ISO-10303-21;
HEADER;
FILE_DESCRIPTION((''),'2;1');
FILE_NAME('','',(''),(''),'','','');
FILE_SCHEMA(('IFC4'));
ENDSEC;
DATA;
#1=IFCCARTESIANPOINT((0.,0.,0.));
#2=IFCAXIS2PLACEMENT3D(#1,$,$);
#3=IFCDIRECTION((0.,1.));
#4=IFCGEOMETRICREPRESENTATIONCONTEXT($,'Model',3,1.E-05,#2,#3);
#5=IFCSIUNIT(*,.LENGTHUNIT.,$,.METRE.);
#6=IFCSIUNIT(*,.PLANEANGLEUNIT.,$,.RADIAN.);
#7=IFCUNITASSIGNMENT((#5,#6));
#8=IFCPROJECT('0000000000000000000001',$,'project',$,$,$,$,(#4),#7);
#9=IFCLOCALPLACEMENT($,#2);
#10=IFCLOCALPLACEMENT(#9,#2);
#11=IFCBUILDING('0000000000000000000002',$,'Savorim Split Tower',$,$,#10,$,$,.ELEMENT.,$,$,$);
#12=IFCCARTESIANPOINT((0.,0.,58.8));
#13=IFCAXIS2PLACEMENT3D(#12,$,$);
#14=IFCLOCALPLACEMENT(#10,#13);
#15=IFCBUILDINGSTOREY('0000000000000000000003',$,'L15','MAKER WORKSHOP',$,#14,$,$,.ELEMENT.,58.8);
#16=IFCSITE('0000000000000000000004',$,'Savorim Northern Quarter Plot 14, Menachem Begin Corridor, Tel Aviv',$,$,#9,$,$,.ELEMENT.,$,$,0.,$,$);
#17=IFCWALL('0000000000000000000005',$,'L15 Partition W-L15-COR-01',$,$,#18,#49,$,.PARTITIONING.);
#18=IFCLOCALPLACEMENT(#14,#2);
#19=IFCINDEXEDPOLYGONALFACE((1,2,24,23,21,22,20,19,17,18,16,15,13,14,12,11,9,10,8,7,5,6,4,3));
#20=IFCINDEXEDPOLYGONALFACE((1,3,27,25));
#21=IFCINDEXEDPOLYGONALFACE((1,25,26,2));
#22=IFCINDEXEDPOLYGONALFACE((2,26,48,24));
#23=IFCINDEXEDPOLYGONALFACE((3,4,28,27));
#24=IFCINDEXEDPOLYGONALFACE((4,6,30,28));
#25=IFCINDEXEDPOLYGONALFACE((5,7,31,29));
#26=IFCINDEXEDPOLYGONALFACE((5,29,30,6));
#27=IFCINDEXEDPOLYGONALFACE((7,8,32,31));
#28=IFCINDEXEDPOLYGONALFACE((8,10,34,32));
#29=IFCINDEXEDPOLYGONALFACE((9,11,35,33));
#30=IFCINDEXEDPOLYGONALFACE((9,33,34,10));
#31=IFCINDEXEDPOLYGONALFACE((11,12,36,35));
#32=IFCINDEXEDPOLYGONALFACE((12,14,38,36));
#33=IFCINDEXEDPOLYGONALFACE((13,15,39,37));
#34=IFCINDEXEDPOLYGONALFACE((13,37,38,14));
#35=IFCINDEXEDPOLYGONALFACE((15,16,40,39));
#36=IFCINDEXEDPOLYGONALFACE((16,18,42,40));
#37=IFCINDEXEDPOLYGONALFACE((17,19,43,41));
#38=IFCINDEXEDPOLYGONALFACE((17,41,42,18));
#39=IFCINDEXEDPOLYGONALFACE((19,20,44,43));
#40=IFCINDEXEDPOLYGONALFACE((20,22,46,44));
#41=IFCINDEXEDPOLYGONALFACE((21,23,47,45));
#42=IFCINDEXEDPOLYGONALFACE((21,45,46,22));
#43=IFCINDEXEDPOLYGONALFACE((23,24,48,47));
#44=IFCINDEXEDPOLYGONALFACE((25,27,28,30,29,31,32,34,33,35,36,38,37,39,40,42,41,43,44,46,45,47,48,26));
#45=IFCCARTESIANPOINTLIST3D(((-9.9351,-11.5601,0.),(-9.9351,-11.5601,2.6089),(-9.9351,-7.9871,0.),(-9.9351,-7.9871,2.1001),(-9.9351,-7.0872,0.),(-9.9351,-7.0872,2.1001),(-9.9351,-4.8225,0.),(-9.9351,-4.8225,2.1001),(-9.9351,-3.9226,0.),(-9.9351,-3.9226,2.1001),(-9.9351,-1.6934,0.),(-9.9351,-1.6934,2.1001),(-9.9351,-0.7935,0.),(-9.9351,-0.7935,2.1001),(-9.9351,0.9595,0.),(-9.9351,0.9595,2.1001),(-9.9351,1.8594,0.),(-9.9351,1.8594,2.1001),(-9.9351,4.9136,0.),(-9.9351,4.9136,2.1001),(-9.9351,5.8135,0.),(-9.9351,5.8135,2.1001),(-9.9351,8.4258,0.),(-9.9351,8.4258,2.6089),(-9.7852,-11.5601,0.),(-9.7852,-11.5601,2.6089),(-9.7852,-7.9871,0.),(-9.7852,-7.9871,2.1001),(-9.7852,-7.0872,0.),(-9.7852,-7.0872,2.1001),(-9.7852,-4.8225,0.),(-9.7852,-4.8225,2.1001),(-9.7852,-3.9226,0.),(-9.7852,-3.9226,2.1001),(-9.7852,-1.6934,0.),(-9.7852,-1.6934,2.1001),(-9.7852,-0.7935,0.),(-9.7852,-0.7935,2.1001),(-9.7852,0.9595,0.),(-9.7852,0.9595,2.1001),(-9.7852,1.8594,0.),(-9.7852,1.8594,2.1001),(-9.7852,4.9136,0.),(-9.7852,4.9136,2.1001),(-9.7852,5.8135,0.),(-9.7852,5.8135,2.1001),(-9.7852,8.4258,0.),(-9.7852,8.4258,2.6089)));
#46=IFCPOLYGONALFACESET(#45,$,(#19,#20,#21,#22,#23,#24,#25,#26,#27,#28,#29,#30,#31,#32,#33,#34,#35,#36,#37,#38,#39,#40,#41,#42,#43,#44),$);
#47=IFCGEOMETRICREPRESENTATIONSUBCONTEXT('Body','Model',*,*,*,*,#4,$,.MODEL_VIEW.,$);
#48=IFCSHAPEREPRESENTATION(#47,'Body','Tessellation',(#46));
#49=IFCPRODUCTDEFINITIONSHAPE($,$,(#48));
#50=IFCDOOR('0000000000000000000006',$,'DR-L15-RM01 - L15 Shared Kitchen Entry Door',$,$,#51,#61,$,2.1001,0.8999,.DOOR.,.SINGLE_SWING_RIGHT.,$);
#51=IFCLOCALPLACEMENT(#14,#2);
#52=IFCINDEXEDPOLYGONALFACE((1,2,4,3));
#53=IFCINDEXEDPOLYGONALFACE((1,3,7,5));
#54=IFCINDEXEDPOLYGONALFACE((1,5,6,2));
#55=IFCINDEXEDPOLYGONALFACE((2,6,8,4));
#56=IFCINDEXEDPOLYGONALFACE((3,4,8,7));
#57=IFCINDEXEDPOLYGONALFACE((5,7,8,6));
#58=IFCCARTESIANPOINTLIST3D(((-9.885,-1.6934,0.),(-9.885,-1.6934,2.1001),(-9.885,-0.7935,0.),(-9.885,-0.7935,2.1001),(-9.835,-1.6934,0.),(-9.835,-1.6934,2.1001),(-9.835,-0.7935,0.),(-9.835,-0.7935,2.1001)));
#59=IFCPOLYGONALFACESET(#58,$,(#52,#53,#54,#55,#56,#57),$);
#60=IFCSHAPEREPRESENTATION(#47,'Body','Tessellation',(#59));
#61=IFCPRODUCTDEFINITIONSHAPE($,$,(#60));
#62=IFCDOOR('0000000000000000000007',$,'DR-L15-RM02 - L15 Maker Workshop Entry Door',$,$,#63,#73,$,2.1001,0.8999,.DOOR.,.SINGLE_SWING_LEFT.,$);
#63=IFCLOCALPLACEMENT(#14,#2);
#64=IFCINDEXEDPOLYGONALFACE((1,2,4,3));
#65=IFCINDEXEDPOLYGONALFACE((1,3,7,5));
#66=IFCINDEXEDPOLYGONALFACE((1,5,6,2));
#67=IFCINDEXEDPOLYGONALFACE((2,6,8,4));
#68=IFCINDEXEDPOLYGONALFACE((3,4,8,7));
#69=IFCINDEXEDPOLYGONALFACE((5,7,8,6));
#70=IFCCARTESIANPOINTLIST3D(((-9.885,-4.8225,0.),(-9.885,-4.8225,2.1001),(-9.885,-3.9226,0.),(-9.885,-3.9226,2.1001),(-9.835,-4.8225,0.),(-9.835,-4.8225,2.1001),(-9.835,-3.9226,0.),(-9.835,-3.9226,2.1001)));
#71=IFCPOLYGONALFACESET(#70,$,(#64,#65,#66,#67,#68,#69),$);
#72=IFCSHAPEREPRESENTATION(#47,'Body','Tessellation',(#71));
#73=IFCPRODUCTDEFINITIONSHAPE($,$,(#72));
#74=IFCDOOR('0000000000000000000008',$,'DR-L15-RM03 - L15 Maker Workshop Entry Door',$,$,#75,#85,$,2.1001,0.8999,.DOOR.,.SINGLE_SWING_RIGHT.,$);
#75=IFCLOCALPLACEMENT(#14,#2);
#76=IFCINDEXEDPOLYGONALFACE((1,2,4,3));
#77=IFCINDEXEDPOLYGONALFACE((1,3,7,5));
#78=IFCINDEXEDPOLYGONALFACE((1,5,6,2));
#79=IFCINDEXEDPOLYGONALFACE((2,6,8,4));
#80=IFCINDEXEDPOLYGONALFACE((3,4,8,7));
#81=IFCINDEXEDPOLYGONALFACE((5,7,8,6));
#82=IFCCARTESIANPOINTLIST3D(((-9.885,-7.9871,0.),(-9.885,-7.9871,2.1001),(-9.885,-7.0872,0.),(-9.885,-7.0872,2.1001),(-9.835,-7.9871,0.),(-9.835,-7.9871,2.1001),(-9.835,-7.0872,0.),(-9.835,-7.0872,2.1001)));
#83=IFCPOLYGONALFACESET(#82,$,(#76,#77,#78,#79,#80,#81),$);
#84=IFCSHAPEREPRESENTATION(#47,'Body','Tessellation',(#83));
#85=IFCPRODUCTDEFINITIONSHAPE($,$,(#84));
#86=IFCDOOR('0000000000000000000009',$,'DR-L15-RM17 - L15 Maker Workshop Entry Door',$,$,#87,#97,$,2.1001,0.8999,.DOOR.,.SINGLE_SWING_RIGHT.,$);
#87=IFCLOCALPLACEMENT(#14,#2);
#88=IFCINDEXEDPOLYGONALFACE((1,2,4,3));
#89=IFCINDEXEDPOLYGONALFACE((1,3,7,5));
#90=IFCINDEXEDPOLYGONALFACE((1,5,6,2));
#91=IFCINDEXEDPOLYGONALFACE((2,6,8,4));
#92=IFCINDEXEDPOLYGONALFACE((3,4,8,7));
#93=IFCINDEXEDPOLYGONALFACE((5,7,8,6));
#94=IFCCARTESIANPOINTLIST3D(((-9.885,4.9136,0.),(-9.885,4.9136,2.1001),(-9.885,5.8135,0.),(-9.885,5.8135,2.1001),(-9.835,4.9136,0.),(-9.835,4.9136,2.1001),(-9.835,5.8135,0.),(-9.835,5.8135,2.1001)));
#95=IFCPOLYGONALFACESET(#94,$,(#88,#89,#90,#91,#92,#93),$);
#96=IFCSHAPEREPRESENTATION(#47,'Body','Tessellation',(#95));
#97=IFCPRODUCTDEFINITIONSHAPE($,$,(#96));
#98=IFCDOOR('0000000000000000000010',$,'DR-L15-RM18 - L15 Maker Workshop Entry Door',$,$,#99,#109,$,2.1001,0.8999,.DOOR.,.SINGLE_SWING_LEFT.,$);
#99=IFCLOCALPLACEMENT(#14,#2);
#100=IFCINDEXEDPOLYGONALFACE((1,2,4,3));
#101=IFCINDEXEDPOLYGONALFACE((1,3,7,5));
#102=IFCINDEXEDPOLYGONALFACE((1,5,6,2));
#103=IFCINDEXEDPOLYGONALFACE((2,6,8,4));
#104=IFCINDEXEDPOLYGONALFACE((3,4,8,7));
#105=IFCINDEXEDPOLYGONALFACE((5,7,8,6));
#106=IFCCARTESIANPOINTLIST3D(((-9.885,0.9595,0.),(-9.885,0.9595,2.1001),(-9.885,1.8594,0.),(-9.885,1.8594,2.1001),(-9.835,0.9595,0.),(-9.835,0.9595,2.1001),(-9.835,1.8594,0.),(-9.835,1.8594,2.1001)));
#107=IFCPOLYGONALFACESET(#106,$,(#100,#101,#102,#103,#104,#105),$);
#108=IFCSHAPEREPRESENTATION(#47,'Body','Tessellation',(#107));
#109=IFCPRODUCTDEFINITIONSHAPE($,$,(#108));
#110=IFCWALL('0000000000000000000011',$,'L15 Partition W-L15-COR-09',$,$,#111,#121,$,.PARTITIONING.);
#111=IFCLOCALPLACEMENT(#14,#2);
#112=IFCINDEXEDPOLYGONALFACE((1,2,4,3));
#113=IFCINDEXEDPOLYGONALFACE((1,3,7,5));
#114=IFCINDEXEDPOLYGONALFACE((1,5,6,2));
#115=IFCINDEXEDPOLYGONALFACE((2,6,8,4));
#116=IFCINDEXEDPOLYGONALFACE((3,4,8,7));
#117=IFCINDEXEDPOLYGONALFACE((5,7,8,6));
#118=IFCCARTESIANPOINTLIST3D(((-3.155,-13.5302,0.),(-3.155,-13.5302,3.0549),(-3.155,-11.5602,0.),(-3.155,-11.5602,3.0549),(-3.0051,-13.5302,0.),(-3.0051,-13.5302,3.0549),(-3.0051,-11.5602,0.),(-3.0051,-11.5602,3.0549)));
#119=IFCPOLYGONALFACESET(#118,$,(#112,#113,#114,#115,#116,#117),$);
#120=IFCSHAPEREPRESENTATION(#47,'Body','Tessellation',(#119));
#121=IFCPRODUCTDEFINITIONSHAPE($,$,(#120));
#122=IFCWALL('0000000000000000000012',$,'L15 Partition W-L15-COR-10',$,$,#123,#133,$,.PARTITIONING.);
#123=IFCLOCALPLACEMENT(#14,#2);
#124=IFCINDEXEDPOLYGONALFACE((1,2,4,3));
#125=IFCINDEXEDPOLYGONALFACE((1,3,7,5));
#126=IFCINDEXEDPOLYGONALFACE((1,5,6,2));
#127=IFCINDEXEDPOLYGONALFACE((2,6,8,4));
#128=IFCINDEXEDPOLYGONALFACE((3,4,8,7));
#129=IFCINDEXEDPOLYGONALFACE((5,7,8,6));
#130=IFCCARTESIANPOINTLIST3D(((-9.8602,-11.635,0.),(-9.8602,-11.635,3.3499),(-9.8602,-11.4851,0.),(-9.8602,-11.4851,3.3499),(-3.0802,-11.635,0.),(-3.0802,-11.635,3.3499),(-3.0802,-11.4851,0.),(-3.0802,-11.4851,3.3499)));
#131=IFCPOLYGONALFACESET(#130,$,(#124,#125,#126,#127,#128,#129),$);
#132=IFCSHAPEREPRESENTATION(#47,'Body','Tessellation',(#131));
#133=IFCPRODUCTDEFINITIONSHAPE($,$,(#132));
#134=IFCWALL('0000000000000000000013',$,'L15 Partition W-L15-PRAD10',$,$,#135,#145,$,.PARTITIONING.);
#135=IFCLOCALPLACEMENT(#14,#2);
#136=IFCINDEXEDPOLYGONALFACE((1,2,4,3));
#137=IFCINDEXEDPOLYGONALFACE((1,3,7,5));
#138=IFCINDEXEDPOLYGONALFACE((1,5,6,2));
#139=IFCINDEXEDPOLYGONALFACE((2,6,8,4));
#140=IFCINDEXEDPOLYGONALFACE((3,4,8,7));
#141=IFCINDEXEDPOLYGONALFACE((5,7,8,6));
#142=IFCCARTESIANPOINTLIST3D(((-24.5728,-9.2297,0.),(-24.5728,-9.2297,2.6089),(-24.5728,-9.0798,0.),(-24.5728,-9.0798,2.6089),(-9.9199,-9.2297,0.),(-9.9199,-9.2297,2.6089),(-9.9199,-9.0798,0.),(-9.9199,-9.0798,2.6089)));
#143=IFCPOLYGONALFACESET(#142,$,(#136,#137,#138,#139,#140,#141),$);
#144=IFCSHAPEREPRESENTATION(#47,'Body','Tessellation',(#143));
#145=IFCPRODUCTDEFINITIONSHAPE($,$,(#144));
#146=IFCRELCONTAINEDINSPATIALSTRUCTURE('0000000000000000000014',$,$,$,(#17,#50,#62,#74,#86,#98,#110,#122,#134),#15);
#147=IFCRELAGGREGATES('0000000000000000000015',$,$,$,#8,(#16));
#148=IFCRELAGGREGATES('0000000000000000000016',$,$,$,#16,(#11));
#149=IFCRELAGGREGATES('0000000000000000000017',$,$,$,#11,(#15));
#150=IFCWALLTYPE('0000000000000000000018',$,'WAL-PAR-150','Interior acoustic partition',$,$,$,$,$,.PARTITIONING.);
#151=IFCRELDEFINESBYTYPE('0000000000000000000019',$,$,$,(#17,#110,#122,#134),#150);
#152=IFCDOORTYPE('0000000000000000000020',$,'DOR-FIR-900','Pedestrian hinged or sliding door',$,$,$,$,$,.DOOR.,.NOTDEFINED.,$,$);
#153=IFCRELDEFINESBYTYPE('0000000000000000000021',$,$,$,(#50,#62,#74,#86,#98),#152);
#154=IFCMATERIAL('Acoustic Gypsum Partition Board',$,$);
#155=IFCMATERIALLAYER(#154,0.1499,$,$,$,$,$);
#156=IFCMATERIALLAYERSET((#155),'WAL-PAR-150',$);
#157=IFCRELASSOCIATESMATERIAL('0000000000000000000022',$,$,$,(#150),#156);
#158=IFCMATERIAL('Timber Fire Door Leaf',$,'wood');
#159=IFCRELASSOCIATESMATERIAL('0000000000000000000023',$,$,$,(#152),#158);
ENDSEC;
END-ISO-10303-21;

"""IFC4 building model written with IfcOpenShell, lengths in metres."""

from ifc_helpers import new_model, si_unit, direction, frame, frame_2d, origin, place, context, subcontext, project, spatial, rectangle, extrude, material, layer, layer_set, type_object, element, fill, save


model = new_model("IFC4")

# Units and contexts
model_context = context("Model", 3, precision=1e-05, world=origin(), true_north=direction((0.0, 1.0)))
body_context = subcontext(model_context, "Body", "Model", "MODEL_VIEW")
ifc_project = project(units=[si_unit("LENGTHUNIT", "METRE"), si_unit("PLANEANGLEUNIT", "RADIAN")], contexts=[model_context])

# Site, building, storey
site_placement = place(None, origin())
site = spatial("IfcSite", under=ifc_project, at=site_placement, Name="Savorim Northern Quarter Plot 14, Menachem Begin Corridor, Tel Aviv", CompositionType="ELEMENT", RefElevation=0.0)
building_placement = place(site_placement, origin())
building = spatial("IfcBuilding", under=site, at=building_placement, Name="Savorim Split Tower", CompositionType="ELEMENT")
storey_placement = place(building_placement, frame((0.0, 0.0, 58.8)))
storey = spatial("IfcBuildingStorey", under=building, at=storey_placement, Name="L15", Description="MAKER WORKSHOP", CompositionType="ELEMENT", Elevation=58.8)

# Shared definitions
ifc_material_1 = material(Name="Timber Fire Door Leaf", Category="wood")

# Shared definitions
ifc_material_2 = material(Name="Acoustic Gypsum Partition Board")
ifc_layer_1 = layer(ifc_material_2, 0.1499)
ifc_layer_set_1 = layer_set([ifc_layer_1], Name="WAL-PAR-150")
wall_type_1 = type_object("IfcWallType", Name="WAL-PAR-150", Description="Interior acoustic partition", PredefinedType="PARTITIONING", material=ifc_layer_set_1)
door_type_1 = type_object("IfcDoorType", Name="DOR-FIR-900", Description="Pedestrian hinged or sliding door", OperationType="NOTDEFINED", PredefinedType="DOOR", material=ifc_material_1)

# Wall, openings, doors
wall_1_placement = place(storey_placement, frame((-9.8601, -11.5601, 0.0), z_axis=(0.0, 0.0, 1.0), x_axis=(0.0, 1.0, 0.0)))
wall_1 = element("IfcWall", 1, at=wall_1_placement, inside=storey, type_object=wall_type_1, Name="L15 Partition W-L15-COR-01", PredefinedType="PARTITIONING", context=body_context, shape_type="SweptSolid", body=[
    extrude(rectangle(XDim=19.9858, YDim=0.1499, at=frame_2d((9.9929, 0.0))), origin(), (0.0, 0.0, 1.0), 2.6089),
])
opening_1_placement = place(wall_1_placement, frame((9.8667, 0.0, 0.0)))
opening_1 = element("IfcOpeningElement", 2, at=opening_1_placement, cuts=wall_1, PredefinedType="OPENING", context=body_context, shape_type="SweptSolid", body=[
    extrude(rectangle(XDim=0.8999, YDim=2.1001, at=frame_2d((0.45, 1.05))), frame((0.0, 0.085, 0.0), z_axis=(0.0, -1.0, 0.0), x_axis=(1.0, 0.0, 0.0)), (0.0, 0.0, 1.0), 0.1699),
])
opening_2_placement = place(wall_1_placement, frame((6.7375, 0.0, 0.0)))
opening_2 = element("IfcOpeningElement", 3, at=opening_2_placement, cuts=wall_1, PredefinedType="OPENING", context=body_context, shape_type="SweptSolid", body=[
    extrude(rectangle(XDim=0.8999, YDim=2.1001, at=frame_2d((0.45, 1.05))), frame((0.0, 0.085, 0.0), z_axis=(0.0, -1.0, 0.0), x_axis=(1.0, 0.0, 0.0)), (0.0, 0.0, 1.0), 0.1699),
])
opening_3_placement = place(wall_1_placement, frame((3.573, 0.0, 0.0)))
opening_3 = element("IfcOpeningElement", 4, at=opening_3_placement, cuts=wall_1, PredefinedType="OPENING", context=body_context, shape_type="SweptSolid", body=[
    extrude(rectangle(XDim=0.8999, YDim=2.1001, at=frame_2d((0.45, 1.05))), frame((0.0, 0.085, 0.0), z_axis=(0.0, -1.0, 0.0), x_axis=(1.0, 0.0, 0.0)), (0.0, 0.0, 1.0), 0.1699),
])
opening_4_placement = place(wall_1_placement, frame((16.4736, 0.0, 0.0)))
opening_4 = element("IfcOpeningElement", 5, at=opening_4_placement, cuts=wall_1, PredefinedType="OPENING", context=body_context, shape_type="SweptSolid", body=[
    extrude(rectangle(XDim=0.8999, YDim=2.1001, at=frame_2d((0.45, 1.05))), frame((0.0, 0.085, 0.0), z_axis=(0.0, -1.0, 0.0), x_axis=(1.0, 0.0, 0.0)), (0.0, 0.0, 1.0), 0.1699),
])
opening_5_placement = place(wall_1_placement, frame((12.5195, 0.0, 0.0)))
opening_5 = element("IfcOpeningElement", 6, at=opening_5_placement, cuts=wall_1, PredefinedType="OPENING", context=body_context, shape_type="SweptSolid", body=[
    extrude(rectangle(XDim=0.8999, YDim=2.1001, at=frame_2d((0.45, 1.05))), frame((0.0, 0.085, 0.0), z_axis=(0.0, -1.0, 0.0), x_axis=(1.0, 0.0, 0.0)), (0.0, 0.0, 1.0), 0.1699),
])
door_1_placement = place(opening_1_placement, origin())
door_1 = element("IfcDoor", 7, at=door_1_placement, inside=storey, type_object=door_type_1, Name="DR-L15-RM01 - L15 Shared Kitchen Entry Door", OperationType="SINGLE_SWING_RIGHT", OverallHeight=2.1001, OverallWidth=0.8999, PredefinedType="DOOR", context=body_context, shape_type="SweptSolid", body=[
    extrude(rectangle(XDim=0.8999, YDim=2.1001, at=frame_2d((0.45, 1.05))), frame((0.0, 0.0249, 0.0), z_axis=(0.0, -1.0, 0.0), x_axis=(1.0, 0.0, 0.0)), (0.0, 0.0, 1.0), 0.05),
])
fill(opening_1, door_1)
door_2_placement = place(opening_2_placement, origin())
door_2 = element("IfcDoor", 8, at=door_2_placement, inside=storey, type_object=door_type_1, Name="DR-L15-RM02 - L15 Maker Workshop Entry Door", OperationType="SINGLE_SWING_LEFT", OverallHeight=2.1001, OverallWidth=0.8999, PredefinedType="DOOR", context=body_context, shape_type="SweptSolid", body=[
    extrude(rectangle(XDim=0.8999, YDim=2.1001, at=frame_2d((0.45, 1.05))), frame((0.0, 0.0249, 0.0), z_axis=(0.0, -1.0, 0.0), x_axis=(1.0, 0.0, 0.0)), (0.0, 0.0, 1.0), 0.05),
])
fill(opening_2, door_2)
door_3_placement = place(opening_3_placement, origin())
door_3 = element("IfcDoor", 9, at=door_3_placement, inside=storey, type_object=door_type_1, Name="DR-L15-RM03 - L15 Maker Workshop Entry Door", OperationType="SINGLE_SWING_RIGHT", OverallHeight=2.1001, OverallWidth=0.8999, PredefinedType="DOOR", context=body_context, shape_type="SweptSolid", body=[
    extrude(rectangle(XDim=0.8999, YDim=2.1001, at=frame_2d((0.45, 1.05))), frame((0.0, 0.0249, 0.0), z_axis=(0.0, -1.0, 0.0), x_axis=(1.0, 0.0, 0.0)), (0.0, 0.0, 1.0), 0.05),
])
fill(opening_3, door_3)
door_4_placement = place(opening_4_placement, origin())
door_4 = element("IfcDoor", 10, at=door_4_placement, inside=storey, type_object=door_type_1, Name="DR-L15-RM17 - L15 Maker Workshop Entry Door", OperationType="SINGLE_SWING_RIGHT", OverallHeight=2.1001, OverallWidth=0.8999, PredefinedType="DOOR", context=body_context, shape_type="SweptSolid", body=[
    extrude(rectangle(XDim=0.8999, YDim=2.1001, at=frame_2d((0.45, 1.05))), frame((0.0, 0.0249, 0.0), z_axis=(0.0, -1.0, 0.0), x_axis=(1.0, 0.0, 0.0)), (0.0, 0.0, 1.0), 0.05),
])
fill(opening_4, door_4)
door_5_placement = place(opening_5_placement, origin())
door_5 = element("IfcDoor", 11, at=door_5_placement, inside=storey, type_object=door_type_1, Name="DR-L15-RM18 - L15 Maker Workshop Entry Door", OperationType="SINGLE_SWING_LEFT", OverallHeight=2.1001, OverallWidth=0.8999, PredefinedType="DOOR", context=body_context, shape_type="SweptSolid", body=[
    extrude(rectangle(XDim=0.8999, YDim=2.1001, at=frame_2d((0.45, 1.05))), frame((0.0, 0.0249, 0.0), z_axis=(0.0, -1.0, 0.0), x_axis=(1.0, 0.0, 0.0)), (0.0, 0.0, 1.0), 0.05),
])
fill(opening_5, door_5)

# Walls
wall_2_placement = place(storey_placement, frame((-3.0801, -13.53, 0.0), z_axis=(0.0, 0.0, 1.0), x_axis=(0.0, 1.0, 0.0)))
element("IfcWall", 12, at=wall_2_placement, inside=storey, type_object=wall_type_1, Name="L15 Partition W-L15-COR-09", PredefinedType="PARTITIONING", context=body_context, shape_type="SweptSolid", body=[
    extrude(rectangle(XDim=1.97, YDim=0.1499, at=frame_2d((0.9849, 0.0))), origin(), (0.0, 0.0, 1.0), 3.0549),
])
wall_3_placement = place(storey_placement, frame((-3.0801, -11.5601, 0.0), z_axis=(0.0, 0.0, 1.0), x_axis=(-1.0, 0.0, 0.0)))
element("IfcWall", 13, at=wall_3_placement, inside=storey, type_object=wall_type_1, Name="L15 Partition W-L15-COR-10", PredefinedType="PARTITIONING", context=body_context, shape_type="SweptSolid", body=[
    extrude(rectangle(XDim=6.78, YDim=0.1499, at=frame_2d((3.3901, 0.0))), origin(), (0.0, 0.0, 1.0), 3.3499),
])
wall_4_placement = place(storey_placement, frame((-9.9199, -9.1548, 0.0), z_axis=(0.0, 0.0, 1.0), x_axis=(-1.0, 0.0, 0.0)))
element("IfcWall", 14, at=wall_4_placement, inside=storey, type_object=wall_type_1, Name="L15 Partition W-L15-PRAD10", PredefinedType="PARTITIONING", context=body_context, shape_type="SweptSolid", body=[
    extrude(rectangle(XDim=14.6528, YDim=0.1499, at=frame_2d((7.3264, 0.0))), origin(), (0.0, 0.0, 1.0), 2.6089),
])

save(model, "model.ifc")
